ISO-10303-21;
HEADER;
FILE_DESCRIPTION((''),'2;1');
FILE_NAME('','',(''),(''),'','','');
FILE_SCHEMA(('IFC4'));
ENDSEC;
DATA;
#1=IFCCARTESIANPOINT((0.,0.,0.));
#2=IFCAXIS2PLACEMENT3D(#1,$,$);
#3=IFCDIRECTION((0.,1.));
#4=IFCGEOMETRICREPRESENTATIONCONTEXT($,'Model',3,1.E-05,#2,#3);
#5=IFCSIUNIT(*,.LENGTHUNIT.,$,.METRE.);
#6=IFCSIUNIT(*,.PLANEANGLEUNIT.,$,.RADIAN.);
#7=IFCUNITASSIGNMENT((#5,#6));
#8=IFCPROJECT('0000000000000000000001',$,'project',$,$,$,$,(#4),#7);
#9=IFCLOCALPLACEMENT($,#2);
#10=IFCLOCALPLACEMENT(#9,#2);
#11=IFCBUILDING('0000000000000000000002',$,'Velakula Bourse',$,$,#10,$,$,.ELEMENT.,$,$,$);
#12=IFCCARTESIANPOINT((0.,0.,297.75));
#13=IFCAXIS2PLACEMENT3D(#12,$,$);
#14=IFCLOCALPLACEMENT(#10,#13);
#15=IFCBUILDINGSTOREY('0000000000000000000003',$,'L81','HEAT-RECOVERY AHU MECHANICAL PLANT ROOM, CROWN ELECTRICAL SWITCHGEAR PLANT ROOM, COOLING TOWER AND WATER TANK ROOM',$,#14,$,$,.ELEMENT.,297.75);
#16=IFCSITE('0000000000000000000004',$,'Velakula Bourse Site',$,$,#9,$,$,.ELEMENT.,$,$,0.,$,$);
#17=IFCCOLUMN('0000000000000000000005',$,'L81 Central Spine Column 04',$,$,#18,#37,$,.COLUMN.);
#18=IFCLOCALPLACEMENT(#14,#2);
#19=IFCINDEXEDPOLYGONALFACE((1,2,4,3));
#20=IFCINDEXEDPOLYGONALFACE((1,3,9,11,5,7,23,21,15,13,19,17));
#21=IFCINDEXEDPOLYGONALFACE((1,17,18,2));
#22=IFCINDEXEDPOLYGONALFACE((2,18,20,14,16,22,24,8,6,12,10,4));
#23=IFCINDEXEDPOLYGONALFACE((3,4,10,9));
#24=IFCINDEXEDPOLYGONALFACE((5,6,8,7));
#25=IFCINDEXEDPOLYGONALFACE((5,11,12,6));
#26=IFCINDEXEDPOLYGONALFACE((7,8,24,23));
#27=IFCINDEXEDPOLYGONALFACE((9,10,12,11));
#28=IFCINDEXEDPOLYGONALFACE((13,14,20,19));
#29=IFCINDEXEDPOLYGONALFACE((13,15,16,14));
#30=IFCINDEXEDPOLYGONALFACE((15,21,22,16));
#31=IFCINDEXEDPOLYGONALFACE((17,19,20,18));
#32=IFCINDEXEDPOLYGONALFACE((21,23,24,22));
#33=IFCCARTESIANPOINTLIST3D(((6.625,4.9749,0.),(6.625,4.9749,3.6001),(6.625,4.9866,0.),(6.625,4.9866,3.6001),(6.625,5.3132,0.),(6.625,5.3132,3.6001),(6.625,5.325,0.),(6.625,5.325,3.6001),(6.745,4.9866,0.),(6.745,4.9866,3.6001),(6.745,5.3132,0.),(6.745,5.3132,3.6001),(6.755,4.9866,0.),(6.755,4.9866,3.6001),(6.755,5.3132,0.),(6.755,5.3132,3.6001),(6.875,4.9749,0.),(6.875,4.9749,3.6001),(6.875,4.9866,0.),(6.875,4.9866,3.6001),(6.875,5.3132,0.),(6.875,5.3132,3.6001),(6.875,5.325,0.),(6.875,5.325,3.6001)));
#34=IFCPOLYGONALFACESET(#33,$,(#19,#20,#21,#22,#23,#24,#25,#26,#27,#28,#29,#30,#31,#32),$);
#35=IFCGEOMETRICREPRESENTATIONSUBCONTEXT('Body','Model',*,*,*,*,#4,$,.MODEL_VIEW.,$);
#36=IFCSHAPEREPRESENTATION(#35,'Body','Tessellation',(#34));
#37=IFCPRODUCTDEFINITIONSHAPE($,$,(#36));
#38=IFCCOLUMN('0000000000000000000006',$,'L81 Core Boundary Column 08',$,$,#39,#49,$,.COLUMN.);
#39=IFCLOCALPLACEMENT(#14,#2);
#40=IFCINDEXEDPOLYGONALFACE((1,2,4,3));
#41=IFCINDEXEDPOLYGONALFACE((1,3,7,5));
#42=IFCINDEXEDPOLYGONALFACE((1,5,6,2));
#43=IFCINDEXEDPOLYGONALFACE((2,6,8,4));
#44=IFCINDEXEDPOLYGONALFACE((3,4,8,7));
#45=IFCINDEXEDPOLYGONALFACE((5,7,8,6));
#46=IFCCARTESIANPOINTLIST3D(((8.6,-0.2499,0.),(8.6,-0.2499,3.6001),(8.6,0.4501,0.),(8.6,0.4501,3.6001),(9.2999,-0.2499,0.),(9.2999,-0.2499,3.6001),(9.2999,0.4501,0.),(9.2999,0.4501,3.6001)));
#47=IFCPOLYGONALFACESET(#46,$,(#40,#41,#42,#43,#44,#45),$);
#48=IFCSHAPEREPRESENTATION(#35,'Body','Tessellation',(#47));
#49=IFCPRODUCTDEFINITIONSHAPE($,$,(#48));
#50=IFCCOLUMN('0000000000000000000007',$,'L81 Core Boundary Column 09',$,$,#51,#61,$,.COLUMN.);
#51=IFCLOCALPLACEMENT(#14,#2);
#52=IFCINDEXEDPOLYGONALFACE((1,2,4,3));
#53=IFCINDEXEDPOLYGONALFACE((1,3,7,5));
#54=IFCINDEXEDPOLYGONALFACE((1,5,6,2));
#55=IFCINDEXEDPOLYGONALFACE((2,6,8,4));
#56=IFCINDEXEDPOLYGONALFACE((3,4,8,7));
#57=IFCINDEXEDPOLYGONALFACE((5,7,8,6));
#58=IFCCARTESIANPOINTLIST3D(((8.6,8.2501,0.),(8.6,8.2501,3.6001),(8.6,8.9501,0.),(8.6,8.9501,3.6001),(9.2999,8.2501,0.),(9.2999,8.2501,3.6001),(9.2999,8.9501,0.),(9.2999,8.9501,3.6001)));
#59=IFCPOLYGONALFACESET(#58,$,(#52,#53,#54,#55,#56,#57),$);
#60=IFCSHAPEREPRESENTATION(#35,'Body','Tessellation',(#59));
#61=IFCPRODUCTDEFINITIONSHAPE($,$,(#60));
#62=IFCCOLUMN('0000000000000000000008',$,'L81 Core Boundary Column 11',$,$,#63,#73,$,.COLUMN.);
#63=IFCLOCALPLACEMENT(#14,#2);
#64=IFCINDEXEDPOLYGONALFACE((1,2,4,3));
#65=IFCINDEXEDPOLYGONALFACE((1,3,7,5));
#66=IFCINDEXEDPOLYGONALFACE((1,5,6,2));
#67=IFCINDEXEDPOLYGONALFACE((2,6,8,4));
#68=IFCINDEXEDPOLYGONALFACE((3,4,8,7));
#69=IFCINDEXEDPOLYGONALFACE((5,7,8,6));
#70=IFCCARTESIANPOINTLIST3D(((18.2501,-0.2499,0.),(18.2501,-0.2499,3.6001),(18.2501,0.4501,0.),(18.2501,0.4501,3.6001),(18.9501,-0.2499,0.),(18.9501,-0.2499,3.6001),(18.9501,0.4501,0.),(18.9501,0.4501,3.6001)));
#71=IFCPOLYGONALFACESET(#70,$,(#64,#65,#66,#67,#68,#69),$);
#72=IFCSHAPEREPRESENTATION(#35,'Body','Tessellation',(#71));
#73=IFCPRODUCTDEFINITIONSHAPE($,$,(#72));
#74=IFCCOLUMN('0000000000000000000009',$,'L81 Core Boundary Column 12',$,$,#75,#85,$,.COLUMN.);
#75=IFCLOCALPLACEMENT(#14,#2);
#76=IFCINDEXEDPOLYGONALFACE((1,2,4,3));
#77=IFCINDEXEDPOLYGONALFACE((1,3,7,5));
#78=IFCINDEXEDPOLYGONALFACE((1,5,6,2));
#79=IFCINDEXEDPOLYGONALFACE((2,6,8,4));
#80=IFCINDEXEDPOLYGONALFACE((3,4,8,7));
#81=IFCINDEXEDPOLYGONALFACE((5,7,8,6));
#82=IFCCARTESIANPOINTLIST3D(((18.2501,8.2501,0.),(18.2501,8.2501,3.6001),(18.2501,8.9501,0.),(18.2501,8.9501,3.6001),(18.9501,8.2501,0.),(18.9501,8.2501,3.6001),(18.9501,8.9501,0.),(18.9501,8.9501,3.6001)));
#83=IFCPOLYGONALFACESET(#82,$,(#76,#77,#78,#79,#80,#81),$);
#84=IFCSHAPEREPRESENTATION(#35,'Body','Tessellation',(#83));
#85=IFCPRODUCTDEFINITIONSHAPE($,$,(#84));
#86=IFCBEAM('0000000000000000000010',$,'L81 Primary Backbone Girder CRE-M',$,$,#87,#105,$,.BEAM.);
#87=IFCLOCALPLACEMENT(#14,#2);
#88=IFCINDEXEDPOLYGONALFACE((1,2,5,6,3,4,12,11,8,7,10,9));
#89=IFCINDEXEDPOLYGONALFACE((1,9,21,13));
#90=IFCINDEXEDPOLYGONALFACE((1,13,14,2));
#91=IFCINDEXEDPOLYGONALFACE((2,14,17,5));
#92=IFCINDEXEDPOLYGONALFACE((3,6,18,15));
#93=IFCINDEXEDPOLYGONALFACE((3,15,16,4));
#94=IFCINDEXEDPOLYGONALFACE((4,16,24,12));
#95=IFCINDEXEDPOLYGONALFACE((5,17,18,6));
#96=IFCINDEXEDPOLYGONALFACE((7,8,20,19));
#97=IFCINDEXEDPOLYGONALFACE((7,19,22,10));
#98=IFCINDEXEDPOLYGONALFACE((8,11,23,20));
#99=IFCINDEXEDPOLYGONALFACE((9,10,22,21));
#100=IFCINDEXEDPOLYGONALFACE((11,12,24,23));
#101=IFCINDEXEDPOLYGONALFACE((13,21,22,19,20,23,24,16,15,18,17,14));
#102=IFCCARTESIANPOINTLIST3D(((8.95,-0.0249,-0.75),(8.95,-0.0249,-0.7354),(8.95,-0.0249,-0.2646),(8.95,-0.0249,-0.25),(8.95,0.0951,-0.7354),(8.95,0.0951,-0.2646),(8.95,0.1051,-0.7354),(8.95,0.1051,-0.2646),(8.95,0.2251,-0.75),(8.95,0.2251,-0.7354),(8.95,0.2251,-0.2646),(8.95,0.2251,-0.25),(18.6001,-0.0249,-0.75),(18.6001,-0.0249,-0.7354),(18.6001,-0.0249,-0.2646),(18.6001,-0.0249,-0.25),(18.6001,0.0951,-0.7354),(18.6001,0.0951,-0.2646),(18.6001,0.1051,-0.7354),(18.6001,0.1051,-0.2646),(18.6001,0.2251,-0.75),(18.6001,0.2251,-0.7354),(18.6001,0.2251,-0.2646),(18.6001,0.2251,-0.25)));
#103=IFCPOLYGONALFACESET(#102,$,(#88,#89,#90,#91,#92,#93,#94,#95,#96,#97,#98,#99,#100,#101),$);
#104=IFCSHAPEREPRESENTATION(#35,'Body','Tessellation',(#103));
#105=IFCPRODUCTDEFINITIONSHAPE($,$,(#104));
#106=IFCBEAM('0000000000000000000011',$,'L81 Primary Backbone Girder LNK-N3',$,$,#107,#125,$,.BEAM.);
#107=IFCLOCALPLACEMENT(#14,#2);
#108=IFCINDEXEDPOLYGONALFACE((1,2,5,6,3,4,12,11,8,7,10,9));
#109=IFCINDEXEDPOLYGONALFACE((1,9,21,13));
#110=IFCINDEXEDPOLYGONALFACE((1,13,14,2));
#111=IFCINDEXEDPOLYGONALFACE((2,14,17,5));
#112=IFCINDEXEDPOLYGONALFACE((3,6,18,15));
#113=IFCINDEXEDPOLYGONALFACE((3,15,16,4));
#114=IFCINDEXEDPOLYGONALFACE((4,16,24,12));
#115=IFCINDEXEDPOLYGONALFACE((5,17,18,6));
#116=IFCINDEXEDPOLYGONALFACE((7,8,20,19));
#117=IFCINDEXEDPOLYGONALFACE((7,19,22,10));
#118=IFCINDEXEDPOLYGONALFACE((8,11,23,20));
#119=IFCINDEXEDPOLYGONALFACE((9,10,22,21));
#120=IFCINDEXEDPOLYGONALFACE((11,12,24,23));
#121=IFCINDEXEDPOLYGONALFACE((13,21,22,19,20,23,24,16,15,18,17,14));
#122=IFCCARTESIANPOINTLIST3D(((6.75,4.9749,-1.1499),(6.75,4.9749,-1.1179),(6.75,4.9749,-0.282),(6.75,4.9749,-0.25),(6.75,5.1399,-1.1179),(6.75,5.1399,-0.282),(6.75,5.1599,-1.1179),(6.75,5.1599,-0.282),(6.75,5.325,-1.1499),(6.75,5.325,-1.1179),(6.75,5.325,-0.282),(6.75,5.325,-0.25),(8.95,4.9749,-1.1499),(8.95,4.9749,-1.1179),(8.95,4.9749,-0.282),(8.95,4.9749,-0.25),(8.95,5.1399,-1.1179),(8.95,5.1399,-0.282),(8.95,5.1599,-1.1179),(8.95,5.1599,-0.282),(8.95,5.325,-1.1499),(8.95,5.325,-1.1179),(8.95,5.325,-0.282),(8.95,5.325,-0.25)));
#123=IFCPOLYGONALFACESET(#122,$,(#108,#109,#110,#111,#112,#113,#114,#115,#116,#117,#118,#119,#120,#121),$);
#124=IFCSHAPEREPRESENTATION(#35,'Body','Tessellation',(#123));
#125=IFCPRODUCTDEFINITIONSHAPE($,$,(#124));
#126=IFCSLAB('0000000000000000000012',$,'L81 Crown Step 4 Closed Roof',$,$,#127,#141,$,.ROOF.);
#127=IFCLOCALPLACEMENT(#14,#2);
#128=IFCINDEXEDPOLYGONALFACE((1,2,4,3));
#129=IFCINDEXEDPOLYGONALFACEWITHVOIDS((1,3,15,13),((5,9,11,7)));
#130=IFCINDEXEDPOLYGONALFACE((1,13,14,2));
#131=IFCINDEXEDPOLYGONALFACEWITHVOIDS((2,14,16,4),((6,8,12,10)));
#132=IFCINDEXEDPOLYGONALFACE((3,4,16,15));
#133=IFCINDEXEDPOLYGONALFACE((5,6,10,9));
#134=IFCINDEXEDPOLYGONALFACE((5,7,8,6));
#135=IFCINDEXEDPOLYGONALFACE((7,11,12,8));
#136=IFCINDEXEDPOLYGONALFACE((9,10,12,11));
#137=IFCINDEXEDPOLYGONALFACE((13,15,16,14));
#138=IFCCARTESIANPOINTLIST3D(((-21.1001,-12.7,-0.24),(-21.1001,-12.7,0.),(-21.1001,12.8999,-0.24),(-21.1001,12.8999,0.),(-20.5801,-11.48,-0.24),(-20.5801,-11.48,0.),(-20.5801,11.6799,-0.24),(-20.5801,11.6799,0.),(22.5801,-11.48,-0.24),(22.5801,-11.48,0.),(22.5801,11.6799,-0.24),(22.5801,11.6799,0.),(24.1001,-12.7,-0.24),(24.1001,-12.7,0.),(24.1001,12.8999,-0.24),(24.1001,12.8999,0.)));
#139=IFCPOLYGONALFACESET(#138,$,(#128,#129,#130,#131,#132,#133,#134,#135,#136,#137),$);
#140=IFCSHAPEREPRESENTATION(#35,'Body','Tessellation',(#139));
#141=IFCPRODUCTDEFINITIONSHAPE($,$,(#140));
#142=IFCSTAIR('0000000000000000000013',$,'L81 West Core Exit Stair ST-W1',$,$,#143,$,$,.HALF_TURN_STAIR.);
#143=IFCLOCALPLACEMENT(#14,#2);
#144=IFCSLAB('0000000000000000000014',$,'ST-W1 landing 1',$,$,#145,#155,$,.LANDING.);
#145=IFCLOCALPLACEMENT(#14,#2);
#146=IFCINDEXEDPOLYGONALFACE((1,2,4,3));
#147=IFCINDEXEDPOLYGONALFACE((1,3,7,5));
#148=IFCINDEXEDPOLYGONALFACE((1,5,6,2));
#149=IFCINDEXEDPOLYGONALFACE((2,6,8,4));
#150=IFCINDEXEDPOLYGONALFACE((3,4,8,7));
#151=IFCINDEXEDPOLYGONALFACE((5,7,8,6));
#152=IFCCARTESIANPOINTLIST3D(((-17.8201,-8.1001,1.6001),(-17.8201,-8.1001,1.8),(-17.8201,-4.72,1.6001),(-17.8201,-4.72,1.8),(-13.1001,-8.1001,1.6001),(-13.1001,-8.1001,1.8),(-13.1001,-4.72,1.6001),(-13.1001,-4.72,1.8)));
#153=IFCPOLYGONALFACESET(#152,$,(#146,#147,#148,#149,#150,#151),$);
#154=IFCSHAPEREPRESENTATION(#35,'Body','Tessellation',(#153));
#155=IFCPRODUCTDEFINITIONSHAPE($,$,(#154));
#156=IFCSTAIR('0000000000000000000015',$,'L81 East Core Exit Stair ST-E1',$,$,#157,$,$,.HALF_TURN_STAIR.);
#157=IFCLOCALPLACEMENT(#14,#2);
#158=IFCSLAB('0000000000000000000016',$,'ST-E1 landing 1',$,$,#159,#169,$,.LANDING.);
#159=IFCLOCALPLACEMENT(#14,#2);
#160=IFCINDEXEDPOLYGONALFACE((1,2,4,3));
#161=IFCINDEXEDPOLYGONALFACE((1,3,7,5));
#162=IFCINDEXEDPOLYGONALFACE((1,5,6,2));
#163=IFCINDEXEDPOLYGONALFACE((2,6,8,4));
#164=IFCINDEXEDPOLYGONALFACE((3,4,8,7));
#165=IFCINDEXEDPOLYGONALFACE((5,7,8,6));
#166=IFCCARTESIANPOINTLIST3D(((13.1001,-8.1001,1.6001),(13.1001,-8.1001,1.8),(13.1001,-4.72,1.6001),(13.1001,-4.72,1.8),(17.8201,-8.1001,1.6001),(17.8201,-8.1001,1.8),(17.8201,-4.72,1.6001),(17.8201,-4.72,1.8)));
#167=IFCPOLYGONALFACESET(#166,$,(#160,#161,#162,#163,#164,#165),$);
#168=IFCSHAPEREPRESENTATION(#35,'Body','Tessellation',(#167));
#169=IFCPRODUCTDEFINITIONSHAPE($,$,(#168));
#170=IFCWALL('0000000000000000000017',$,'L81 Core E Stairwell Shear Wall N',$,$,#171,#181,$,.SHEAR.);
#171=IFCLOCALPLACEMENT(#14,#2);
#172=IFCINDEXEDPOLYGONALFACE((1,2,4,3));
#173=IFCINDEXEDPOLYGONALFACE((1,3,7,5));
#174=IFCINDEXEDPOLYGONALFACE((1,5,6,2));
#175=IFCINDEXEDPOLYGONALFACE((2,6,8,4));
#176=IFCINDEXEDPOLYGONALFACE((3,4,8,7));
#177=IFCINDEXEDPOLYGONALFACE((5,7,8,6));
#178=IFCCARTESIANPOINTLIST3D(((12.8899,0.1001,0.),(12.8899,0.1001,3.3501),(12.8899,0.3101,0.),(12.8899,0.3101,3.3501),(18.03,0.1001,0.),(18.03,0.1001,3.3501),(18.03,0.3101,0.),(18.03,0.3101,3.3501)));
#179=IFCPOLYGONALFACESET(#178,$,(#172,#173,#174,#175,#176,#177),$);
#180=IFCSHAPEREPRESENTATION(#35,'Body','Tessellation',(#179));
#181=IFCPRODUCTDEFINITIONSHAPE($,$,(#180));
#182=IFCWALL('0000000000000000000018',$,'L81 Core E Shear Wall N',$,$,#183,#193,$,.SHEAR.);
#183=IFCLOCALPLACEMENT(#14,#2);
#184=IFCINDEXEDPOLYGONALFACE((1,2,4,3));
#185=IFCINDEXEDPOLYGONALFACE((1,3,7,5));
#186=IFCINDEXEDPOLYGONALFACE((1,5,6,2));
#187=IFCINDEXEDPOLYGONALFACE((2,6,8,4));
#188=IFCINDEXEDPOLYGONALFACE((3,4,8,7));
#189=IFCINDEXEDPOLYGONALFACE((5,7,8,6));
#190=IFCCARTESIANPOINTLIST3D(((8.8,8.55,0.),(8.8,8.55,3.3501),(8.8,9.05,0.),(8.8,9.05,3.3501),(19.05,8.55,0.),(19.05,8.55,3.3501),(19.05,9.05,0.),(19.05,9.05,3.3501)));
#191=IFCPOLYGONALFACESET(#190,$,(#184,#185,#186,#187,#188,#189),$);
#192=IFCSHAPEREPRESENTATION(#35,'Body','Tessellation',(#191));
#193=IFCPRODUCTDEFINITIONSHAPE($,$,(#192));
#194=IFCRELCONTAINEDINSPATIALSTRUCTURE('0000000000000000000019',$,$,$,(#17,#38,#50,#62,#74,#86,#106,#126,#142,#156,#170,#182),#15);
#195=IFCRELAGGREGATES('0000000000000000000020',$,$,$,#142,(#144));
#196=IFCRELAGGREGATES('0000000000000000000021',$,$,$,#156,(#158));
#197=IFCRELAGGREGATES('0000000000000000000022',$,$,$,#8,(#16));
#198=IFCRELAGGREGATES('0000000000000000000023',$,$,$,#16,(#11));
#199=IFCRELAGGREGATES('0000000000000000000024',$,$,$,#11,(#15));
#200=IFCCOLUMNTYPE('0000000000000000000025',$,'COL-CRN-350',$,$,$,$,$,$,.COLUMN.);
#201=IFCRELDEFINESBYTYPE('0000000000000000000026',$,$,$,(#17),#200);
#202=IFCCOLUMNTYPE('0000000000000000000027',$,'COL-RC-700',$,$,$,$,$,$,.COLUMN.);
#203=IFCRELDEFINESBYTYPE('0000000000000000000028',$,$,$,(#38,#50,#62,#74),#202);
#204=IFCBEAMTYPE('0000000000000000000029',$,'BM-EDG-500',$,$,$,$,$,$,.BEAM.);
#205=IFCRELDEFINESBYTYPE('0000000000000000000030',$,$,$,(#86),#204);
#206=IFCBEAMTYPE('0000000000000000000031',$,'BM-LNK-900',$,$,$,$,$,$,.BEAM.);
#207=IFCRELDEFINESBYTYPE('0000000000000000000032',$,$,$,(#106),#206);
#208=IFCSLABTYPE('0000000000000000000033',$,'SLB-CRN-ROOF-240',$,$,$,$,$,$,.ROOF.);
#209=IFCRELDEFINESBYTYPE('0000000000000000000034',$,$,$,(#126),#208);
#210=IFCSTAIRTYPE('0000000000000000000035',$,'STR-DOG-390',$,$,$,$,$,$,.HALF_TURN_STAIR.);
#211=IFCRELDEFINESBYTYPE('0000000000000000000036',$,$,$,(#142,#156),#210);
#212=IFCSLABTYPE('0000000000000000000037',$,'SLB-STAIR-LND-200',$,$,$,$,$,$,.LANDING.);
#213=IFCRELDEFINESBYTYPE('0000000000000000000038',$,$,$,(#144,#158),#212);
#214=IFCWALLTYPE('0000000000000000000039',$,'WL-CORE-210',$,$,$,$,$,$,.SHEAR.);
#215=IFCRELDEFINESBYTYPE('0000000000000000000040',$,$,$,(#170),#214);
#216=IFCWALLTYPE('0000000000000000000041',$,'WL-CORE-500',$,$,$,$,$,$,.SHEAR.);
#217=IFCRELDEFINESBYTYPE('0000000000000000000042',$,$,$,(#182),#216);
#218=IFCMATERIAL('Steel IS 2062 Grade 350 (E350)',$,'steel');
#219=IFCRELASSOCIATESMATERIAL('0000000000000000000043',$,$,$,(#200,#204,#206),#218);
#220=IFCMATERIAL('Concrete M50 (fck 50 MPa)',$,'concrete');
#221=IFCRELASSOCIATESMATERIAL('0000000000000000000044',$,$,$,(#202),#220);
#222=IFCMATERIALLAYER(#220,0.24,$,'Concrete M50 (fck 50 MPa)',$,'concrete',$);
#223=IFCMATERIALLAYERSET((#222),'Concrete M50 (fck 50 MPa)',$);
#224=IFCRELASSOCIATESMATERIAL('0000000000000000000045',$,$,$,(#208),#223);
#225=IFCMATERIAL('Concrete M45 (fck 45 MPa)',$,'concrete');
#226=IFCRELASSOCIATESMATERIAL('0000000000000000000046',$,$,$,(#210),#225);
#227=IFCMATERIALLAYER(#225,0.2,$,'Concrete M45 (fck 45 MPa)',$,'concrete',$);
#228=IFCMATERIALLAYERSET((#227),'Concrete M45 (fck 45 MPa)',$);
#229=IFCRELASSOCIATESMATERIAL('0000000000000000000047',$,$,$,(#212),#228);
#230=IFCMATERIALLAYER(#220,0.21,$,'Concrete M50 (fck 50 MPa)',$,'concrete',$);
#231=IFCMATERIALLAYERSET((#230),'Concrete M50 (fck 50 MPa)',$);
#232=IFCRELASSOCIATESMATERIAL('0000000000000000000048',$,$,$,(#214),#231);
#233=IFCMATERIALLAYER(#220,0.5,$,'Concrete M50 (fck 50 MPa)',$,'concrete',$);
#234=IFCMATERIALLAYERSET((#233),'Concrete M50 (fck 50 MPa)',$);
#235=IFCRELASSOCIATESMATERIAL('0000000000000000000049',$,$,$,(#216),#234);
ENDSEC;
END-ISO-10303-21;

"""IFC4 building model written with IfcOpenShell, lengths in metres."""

from ifc_helpers import new_model, si_unit, direction, frame, frame_2d, origin, origin_2d, place, context, subcontext, project, spatial, polyline, rectangle, i_section, outline, extrude, material, layer, layer_set, material_profile, profile_set, type_object, element, aggregate, save


model = new_model("IFC4")

# Units and contexts
model_context = context("Model", 3, precision=1e-05, world=origin(), true_north=direction((0.0, 1.0)))
body_context = subcontext(model_context, "Body", "Model", "MODEL_VIEW")
ifc_project = project(units=[si_unit("LENGTHUNIT", "METRE"), si_unit("PLANEANGLEUNIT", "RADIAN")], contexts=[model_context])

# Site, building, storey
site_placement = place(None, origin())
site = spatial("IfcSite", under=ifc_project, at=site_placement, Name="Velakula Bourse Site", CompositionType="ELEMENT", RefElevation=0.0)
building_placement = place(site_placement, origin())
building = spatial("IfcBuilding", under=site, at=building_placement, Name="Velakula Bourse", CompositionType="ELEMENT")
storey_placement = place(building_placement, frame((0.0, 0.0, 297.75)))
storey = spatial("IfcBuildingStorey", under=building, at=storey_placement, Name="L81", Description="HEAT-RECOVERY AHU MECHANICAL PLANT ROOM, CROWN ELECTRICAL SWITCHGEAR PLANT ROOM, COOLING TOWER AND WATER TANK ROOM", CompositionType="ELEMENT", Elevation=297.75)

# Columns
ifc_material_1 = material(Name="Steel IS 2062 Grade 350 (E350)", Category="steel")
ifc_material_profile_1 = material_profile(ifc_material_1, i_section(OverallWidth=0.25, OverallDepth=0.3501, WebThickness=0.01, FlangeThickness=0.0117, at=origin_2d()), Name="Steel IS 2062 Grade 350 (E350)")
ifc_profile_set_1 = profile_set([ifc_material_profile_1], Name="Steel IS 2062 Grade 350 (E350)")
column_type_1 = type_object("IfcColumnType", Name="COL-CRN-350", PredefinedType="COLUMN", material=ifc_profile_set_1)
column_placement = place(storey_placement, frame((6.75, 5.1499, 0.0), z_axis=(0.0, 0.0, 1.0), x_axis=(1.0, 0.0, 0.0)))
element("IfcColumn", 1, at=column_placement, inside=storey, type_object=column_type_1, Name="L81 Central Spine Column 04", PredefinedType="COLUMN", context=body_context, shape_type="SweptSolid", body=[
    extrude(i_section(OverallWidth=0.25, OverallDepth=0.3501, WebThickness=0.01, FlangeThickness=0.0117, at=origin_2d()), origin(), (0.0, 0.0, 1.0), 3.6001),
])
ifc_material_2 = material(Name="Concrete M50 (fck 50 MPa)", Category="concrete")
ifc_material_profile_2 = material_profile(ifc_material_2, rectangle(XDim=0.7, YDim=0.7, at=origin_2d()), Name="Concrete M50 (fck 50 MPa)")
ifc_profile_set_2 = profile_set([ifc_material_profile_2], Name="Concrete M50 (fck 50 MPa)")
column_type_2 = type_object("IfcColumnType", Name="COL-RC-700", PredefinedType="COLUMN", material=ifc_profile_set_2)
for number, where, z_axis, x_axis, name in (
    (2, (8.95, 0.1001, 0.0), (0.0, 0.0, 1.0), (1.0, 0.0, 0.0), "L81 Core Boundary Column 08"),
    (3, (8.95, 8.6001, 0.0), (0.0, 0.0, 1.0), (1.0, 0.0, 0.0), "L81 Core Boundary Column 09"),
    (4, (18.6001, 0.1001, 0.0), (0.0, 0.0, 1.0), (1.0, 0.0, 0.0), "L81 Core Boundary Column 11"),
    (5, (18.6001, 8.6001, 0.0), (0.0, 0.0, 1.0), (1.0, 0.0, 0.0), "L81 Core Boundary Column 12"),
):
    element("IfcColumn", number, at=place(storey_placement, frame(where, z_axis=z_axis, x_axis=x_axis)), inside=storey, type_object=column_type_2, Name=name, PredefinedType="COLUMN", context=body_context, shape_type="SweptSolid", body=[
        extrude(rectangle(XDim=0.7, YDim=0.7, at=origin_2d()), origin(), (0.0, 0.0, 1.0), 3.6001),
    ])

# Beams
ifc_material_profile_3 = material_profile(ifc_material_1, i_section(OverallWidth=0.25, OverallDepth=0.5, WebThickness=0.01, FlangeThickness=0.0146, at=origin_2d()), Name="Steel IS 2062 Grade 350 (E350)")
ifc_profile_set_3 = profile_set([ifc_material_profile_3], Name="Steel IS 2062 Grade 350 (E350)")
beam_type_1 = type_object("IfcBeamType", Name="BM-EDG-500", PredefinedType="BEAM", material=ifc_profile_set_3)
beam_1_placement = place(storey_placement, frame((8.95, 0.1001, -0.5), z_axis=(1.0, 0.0, 0.0), x_axis=(0.0, 1.0, 0.0)))
element("IfcBeam", 6, at=beam_1_placement, inside=storey, type_object=beam_type_1, Name="L81 Primary Backbone Girder CRE-M", PredefinedType="BEAM", context=body_context, shape_type="SweptSolid", body=[
    extrude(i_section(OverallWidth=0.25, OverallDepth=0.5, WebThickness=0.01, FlangeThickness=0.0146, at=origin_2d()), origin(), (0.0, 0.0, 1.0), 9.6501),
])
ifc_material_profile_4 = material_profile(ifc_material_1, i_section(OverallWidth=0.3501, OverallDepth=0.8999, WebThickness=0.02, FlangeThickness=0.032, at=origin_2d()), Name="Steel IS 2062 Grade 350 (E350)")
ifc_profile_set_4 = profile_set([ifc_material_profile_4], Name="Steel IS 2062 Grade 350 (E350)")
beam_type_2 = type_object("IfcBeamType", Name="BM-LNK-900", PredefinedType="BEAM", material=ifc_profile_set_4)
beam_2_placement = place(storey_placement, frame((6.75, 5.1499, -0.7), z_axis=(1.0, 0.0, 0.0), x_axis=(0.0, 1.0, 0.0)))
element("IfcBeam", 7, at=beam_2_placement, inside=storey, type_object=beam_type_2, Name="L81 Primary Backbone Girder LNK-N3", PredefinedType="BEAM", context=body_context, shape_type="SweptSolid", body=[
    extrude(i_section(OverallWidth=0.3501, OverallDepth=0.8999, WebThickness=0.02, FlangeThickness=0.032, at=origin_2d()), origin(), (0.0, 0.0, 1.0), 2.2),
])

# Slab
ifc_layer_1 = layer(ifc_material_2, 0.24, Name="Concrete M50 (fck 50 MPa)", Category="concrete")
ifc_layer_set_1 = layer_set([ifc_layer_1], Name="Concrete M50 (fck 50 MPa)")
slab_type_1 = type_object("IfcSlabType", Name="SLB-CRN-ROOF-240", PredefinedType="ROOF", material=ifc_layer_set_1)
slab_1_placement = place(storey_placement, frame((0.0, 0.0, -0.24)))
element("IfcSlab", 8, at=slab_1_placement, inside=storey, type_object=slab_type_1, Name="L81 Crown Step 4 Closed Roof", PredefinedType="ROOF", context=body_context, shape_type="SweptSolid", body=[
    extrude(outline(polyline([(-21.1001, 12.8999), (24.1001, 12.8999), (24.1001, -12.7), (-21.1001, -12.7), (-21.1001, 12.8999)]), holes=[polyline([(22.5801, -11.48), (22.5801, 11.6799), (-20.5801, 11.6799), (-20.5801, -11.48), (22.5801, -11.48)])]), origin(), (0.0, 0.0, 1.0), 0.24),
])

# Stairs, slabs
ifc_material_3 = material(Name="Concrete M45 (fck 45 MPa)", Category="concrete")
stair_type = type_object("IfcStairType", Name="STR-DOG-390", PredefinedType="HALF_TURN_STAIR", material=ifc_material_3)
stair_1_placement = place(storey_placement, origin())
stair_1 = element("IfcStair", 9, at=stair_1_placement, inside=storey, type_object=stair_type, Name="L81 West Core Exit Stair ST-W1", PredefinedType="HALF_TURN_STAIR")
ifc_layer_2 = layer(ifc_material_3, 0.2, Name="Concrete M45 (fck 45 MPa)", Category="concrete")
ifc_layer_set_2 = layer_set([ifc_layer_2], Name="Concrete M45 (fck 45 MPa)")
slab_type_2 = type_object("IfcSlabType", Name="SLB-STAIR-LND-200", PredefinedType="LANDING", material=ifc_layer_set_2)
slab_2_placement = place(storey_placement, frame((0.0, 0.0, 1.6001)))
slab_2 = element("IfcSlab", 10, at=slab_2_placement, type_object=slab_type_2, Name="ST-W1 landing 1", PredefinedType="LANDING", context=body_context, shape_type="SweptSolid", body=[
    extrude(outline(polyline([(-17.8201, -4.72), (-17.8201, -8.1001), (-13.1001, -8.1001), (-13.1001, -4.72), (-17.8201, -4.72)])), origin(), (0.0, 0.0, 1.0), 0.2),
])
aggregate(stair_1, [slab_2])
stair_2_placement = place(storey_placement, origin())
stair_2 = element("IfcStair", 11, at=stair_2_placement, inside=storey, type_object=stair_type, Name="L81 East Core Exit Stair ST-E1", PredefinedType="HALF_TURN_STAIR")
slab_3_placement = place(storey_placement, frame((0.0, 0.0, 1.6001)))
slab_3 = element("IfcSlab", 12, at=slab_3_placement, type_object=slab_type_2, Name="ST-E1 landing 1", PredefinedType="LANDING", context=body_context, shape_type="SweptSolid", body=[
    extrude(outline(polyline([(13.1001, -4.72), (13.1001, -8.1001), (17.8201, -8.1001), (17.8201, -4.72), (13.1001, -4.72)])), origin(), (0.0, 0.0, 1.0), 0.2),
])
aggregate(stair_2, [slab_3])

# Walls
ifc_layer_3 = layer(ifc_material_2, 0.21, Name="Concrete M50 (fck 50 MPa)", Category="concrete")
ifc_layer_set_3 = layer_set([ifc_layer_3], Name="Concrete M50 (fck 50 MPa)")
wall_type_1 = type_object("IfcWallType", Name="WL-CORE-210", PredefinedType="SHEAR", material=ifc_layer_set_3)
wall_1_placement = place(storey_placement, frame((18.03, 0.2051, 0.0), z_axis=(0.0, 0.0, 1.0), x_axis=(-1.0, 0.0, 0.0)))
element("IfcWall", 13, at=wall_1_placement, inside=storey, type_object=wall_type_1, Name="L81 Core E Stairwell Shear Wall N", PredefinedType="SHEAR", context=body_context, shape_type="SweptSolid", body=[
    extrude(rectangle(XDim=5.1401, YDim=0.21, at=frame_2d((2.5701, 0.0))), origin(), (0.0, 0.0, 1.0), 3.3501),
])
ifc_layer_4 = layer(ifc_material_2, 0.5, Name="Concrete M50 (fck 50 MPa)", Category="concrete")
ifc_layer_set_4 = layer_set([ifc_layer_4], Name="Concrete M50 (fck 50 MPa)")
wall_type_2 = type_object("IfcWallType", Name="WL-CORE-500", PredefinedType="SHEAR", material=ifc_layer_set_4)
wall_2_placement = place(storey_placement, frame((8.8, 8.8, 0.0), z_axis=(0.0, 0.0, 1.0), x_axis=(1.0, 0.0, 0.0)))
element("IfcWall", 14, at=wall_2_placement, inside=storey, type_object=wall_type_2, Name="L81 Core E Shear Wall N", PredefinedType="SHEAR", context=body_context, shape_type="SweptSolid", body=[
    extrude(rectangle(XDim=10.25, YDim=0.5, at=frame_2d((5.125, 0.0))), origin(), (0.0, 0.0, 1.0), 3.3501),
])

save(model, "model.ifc")
